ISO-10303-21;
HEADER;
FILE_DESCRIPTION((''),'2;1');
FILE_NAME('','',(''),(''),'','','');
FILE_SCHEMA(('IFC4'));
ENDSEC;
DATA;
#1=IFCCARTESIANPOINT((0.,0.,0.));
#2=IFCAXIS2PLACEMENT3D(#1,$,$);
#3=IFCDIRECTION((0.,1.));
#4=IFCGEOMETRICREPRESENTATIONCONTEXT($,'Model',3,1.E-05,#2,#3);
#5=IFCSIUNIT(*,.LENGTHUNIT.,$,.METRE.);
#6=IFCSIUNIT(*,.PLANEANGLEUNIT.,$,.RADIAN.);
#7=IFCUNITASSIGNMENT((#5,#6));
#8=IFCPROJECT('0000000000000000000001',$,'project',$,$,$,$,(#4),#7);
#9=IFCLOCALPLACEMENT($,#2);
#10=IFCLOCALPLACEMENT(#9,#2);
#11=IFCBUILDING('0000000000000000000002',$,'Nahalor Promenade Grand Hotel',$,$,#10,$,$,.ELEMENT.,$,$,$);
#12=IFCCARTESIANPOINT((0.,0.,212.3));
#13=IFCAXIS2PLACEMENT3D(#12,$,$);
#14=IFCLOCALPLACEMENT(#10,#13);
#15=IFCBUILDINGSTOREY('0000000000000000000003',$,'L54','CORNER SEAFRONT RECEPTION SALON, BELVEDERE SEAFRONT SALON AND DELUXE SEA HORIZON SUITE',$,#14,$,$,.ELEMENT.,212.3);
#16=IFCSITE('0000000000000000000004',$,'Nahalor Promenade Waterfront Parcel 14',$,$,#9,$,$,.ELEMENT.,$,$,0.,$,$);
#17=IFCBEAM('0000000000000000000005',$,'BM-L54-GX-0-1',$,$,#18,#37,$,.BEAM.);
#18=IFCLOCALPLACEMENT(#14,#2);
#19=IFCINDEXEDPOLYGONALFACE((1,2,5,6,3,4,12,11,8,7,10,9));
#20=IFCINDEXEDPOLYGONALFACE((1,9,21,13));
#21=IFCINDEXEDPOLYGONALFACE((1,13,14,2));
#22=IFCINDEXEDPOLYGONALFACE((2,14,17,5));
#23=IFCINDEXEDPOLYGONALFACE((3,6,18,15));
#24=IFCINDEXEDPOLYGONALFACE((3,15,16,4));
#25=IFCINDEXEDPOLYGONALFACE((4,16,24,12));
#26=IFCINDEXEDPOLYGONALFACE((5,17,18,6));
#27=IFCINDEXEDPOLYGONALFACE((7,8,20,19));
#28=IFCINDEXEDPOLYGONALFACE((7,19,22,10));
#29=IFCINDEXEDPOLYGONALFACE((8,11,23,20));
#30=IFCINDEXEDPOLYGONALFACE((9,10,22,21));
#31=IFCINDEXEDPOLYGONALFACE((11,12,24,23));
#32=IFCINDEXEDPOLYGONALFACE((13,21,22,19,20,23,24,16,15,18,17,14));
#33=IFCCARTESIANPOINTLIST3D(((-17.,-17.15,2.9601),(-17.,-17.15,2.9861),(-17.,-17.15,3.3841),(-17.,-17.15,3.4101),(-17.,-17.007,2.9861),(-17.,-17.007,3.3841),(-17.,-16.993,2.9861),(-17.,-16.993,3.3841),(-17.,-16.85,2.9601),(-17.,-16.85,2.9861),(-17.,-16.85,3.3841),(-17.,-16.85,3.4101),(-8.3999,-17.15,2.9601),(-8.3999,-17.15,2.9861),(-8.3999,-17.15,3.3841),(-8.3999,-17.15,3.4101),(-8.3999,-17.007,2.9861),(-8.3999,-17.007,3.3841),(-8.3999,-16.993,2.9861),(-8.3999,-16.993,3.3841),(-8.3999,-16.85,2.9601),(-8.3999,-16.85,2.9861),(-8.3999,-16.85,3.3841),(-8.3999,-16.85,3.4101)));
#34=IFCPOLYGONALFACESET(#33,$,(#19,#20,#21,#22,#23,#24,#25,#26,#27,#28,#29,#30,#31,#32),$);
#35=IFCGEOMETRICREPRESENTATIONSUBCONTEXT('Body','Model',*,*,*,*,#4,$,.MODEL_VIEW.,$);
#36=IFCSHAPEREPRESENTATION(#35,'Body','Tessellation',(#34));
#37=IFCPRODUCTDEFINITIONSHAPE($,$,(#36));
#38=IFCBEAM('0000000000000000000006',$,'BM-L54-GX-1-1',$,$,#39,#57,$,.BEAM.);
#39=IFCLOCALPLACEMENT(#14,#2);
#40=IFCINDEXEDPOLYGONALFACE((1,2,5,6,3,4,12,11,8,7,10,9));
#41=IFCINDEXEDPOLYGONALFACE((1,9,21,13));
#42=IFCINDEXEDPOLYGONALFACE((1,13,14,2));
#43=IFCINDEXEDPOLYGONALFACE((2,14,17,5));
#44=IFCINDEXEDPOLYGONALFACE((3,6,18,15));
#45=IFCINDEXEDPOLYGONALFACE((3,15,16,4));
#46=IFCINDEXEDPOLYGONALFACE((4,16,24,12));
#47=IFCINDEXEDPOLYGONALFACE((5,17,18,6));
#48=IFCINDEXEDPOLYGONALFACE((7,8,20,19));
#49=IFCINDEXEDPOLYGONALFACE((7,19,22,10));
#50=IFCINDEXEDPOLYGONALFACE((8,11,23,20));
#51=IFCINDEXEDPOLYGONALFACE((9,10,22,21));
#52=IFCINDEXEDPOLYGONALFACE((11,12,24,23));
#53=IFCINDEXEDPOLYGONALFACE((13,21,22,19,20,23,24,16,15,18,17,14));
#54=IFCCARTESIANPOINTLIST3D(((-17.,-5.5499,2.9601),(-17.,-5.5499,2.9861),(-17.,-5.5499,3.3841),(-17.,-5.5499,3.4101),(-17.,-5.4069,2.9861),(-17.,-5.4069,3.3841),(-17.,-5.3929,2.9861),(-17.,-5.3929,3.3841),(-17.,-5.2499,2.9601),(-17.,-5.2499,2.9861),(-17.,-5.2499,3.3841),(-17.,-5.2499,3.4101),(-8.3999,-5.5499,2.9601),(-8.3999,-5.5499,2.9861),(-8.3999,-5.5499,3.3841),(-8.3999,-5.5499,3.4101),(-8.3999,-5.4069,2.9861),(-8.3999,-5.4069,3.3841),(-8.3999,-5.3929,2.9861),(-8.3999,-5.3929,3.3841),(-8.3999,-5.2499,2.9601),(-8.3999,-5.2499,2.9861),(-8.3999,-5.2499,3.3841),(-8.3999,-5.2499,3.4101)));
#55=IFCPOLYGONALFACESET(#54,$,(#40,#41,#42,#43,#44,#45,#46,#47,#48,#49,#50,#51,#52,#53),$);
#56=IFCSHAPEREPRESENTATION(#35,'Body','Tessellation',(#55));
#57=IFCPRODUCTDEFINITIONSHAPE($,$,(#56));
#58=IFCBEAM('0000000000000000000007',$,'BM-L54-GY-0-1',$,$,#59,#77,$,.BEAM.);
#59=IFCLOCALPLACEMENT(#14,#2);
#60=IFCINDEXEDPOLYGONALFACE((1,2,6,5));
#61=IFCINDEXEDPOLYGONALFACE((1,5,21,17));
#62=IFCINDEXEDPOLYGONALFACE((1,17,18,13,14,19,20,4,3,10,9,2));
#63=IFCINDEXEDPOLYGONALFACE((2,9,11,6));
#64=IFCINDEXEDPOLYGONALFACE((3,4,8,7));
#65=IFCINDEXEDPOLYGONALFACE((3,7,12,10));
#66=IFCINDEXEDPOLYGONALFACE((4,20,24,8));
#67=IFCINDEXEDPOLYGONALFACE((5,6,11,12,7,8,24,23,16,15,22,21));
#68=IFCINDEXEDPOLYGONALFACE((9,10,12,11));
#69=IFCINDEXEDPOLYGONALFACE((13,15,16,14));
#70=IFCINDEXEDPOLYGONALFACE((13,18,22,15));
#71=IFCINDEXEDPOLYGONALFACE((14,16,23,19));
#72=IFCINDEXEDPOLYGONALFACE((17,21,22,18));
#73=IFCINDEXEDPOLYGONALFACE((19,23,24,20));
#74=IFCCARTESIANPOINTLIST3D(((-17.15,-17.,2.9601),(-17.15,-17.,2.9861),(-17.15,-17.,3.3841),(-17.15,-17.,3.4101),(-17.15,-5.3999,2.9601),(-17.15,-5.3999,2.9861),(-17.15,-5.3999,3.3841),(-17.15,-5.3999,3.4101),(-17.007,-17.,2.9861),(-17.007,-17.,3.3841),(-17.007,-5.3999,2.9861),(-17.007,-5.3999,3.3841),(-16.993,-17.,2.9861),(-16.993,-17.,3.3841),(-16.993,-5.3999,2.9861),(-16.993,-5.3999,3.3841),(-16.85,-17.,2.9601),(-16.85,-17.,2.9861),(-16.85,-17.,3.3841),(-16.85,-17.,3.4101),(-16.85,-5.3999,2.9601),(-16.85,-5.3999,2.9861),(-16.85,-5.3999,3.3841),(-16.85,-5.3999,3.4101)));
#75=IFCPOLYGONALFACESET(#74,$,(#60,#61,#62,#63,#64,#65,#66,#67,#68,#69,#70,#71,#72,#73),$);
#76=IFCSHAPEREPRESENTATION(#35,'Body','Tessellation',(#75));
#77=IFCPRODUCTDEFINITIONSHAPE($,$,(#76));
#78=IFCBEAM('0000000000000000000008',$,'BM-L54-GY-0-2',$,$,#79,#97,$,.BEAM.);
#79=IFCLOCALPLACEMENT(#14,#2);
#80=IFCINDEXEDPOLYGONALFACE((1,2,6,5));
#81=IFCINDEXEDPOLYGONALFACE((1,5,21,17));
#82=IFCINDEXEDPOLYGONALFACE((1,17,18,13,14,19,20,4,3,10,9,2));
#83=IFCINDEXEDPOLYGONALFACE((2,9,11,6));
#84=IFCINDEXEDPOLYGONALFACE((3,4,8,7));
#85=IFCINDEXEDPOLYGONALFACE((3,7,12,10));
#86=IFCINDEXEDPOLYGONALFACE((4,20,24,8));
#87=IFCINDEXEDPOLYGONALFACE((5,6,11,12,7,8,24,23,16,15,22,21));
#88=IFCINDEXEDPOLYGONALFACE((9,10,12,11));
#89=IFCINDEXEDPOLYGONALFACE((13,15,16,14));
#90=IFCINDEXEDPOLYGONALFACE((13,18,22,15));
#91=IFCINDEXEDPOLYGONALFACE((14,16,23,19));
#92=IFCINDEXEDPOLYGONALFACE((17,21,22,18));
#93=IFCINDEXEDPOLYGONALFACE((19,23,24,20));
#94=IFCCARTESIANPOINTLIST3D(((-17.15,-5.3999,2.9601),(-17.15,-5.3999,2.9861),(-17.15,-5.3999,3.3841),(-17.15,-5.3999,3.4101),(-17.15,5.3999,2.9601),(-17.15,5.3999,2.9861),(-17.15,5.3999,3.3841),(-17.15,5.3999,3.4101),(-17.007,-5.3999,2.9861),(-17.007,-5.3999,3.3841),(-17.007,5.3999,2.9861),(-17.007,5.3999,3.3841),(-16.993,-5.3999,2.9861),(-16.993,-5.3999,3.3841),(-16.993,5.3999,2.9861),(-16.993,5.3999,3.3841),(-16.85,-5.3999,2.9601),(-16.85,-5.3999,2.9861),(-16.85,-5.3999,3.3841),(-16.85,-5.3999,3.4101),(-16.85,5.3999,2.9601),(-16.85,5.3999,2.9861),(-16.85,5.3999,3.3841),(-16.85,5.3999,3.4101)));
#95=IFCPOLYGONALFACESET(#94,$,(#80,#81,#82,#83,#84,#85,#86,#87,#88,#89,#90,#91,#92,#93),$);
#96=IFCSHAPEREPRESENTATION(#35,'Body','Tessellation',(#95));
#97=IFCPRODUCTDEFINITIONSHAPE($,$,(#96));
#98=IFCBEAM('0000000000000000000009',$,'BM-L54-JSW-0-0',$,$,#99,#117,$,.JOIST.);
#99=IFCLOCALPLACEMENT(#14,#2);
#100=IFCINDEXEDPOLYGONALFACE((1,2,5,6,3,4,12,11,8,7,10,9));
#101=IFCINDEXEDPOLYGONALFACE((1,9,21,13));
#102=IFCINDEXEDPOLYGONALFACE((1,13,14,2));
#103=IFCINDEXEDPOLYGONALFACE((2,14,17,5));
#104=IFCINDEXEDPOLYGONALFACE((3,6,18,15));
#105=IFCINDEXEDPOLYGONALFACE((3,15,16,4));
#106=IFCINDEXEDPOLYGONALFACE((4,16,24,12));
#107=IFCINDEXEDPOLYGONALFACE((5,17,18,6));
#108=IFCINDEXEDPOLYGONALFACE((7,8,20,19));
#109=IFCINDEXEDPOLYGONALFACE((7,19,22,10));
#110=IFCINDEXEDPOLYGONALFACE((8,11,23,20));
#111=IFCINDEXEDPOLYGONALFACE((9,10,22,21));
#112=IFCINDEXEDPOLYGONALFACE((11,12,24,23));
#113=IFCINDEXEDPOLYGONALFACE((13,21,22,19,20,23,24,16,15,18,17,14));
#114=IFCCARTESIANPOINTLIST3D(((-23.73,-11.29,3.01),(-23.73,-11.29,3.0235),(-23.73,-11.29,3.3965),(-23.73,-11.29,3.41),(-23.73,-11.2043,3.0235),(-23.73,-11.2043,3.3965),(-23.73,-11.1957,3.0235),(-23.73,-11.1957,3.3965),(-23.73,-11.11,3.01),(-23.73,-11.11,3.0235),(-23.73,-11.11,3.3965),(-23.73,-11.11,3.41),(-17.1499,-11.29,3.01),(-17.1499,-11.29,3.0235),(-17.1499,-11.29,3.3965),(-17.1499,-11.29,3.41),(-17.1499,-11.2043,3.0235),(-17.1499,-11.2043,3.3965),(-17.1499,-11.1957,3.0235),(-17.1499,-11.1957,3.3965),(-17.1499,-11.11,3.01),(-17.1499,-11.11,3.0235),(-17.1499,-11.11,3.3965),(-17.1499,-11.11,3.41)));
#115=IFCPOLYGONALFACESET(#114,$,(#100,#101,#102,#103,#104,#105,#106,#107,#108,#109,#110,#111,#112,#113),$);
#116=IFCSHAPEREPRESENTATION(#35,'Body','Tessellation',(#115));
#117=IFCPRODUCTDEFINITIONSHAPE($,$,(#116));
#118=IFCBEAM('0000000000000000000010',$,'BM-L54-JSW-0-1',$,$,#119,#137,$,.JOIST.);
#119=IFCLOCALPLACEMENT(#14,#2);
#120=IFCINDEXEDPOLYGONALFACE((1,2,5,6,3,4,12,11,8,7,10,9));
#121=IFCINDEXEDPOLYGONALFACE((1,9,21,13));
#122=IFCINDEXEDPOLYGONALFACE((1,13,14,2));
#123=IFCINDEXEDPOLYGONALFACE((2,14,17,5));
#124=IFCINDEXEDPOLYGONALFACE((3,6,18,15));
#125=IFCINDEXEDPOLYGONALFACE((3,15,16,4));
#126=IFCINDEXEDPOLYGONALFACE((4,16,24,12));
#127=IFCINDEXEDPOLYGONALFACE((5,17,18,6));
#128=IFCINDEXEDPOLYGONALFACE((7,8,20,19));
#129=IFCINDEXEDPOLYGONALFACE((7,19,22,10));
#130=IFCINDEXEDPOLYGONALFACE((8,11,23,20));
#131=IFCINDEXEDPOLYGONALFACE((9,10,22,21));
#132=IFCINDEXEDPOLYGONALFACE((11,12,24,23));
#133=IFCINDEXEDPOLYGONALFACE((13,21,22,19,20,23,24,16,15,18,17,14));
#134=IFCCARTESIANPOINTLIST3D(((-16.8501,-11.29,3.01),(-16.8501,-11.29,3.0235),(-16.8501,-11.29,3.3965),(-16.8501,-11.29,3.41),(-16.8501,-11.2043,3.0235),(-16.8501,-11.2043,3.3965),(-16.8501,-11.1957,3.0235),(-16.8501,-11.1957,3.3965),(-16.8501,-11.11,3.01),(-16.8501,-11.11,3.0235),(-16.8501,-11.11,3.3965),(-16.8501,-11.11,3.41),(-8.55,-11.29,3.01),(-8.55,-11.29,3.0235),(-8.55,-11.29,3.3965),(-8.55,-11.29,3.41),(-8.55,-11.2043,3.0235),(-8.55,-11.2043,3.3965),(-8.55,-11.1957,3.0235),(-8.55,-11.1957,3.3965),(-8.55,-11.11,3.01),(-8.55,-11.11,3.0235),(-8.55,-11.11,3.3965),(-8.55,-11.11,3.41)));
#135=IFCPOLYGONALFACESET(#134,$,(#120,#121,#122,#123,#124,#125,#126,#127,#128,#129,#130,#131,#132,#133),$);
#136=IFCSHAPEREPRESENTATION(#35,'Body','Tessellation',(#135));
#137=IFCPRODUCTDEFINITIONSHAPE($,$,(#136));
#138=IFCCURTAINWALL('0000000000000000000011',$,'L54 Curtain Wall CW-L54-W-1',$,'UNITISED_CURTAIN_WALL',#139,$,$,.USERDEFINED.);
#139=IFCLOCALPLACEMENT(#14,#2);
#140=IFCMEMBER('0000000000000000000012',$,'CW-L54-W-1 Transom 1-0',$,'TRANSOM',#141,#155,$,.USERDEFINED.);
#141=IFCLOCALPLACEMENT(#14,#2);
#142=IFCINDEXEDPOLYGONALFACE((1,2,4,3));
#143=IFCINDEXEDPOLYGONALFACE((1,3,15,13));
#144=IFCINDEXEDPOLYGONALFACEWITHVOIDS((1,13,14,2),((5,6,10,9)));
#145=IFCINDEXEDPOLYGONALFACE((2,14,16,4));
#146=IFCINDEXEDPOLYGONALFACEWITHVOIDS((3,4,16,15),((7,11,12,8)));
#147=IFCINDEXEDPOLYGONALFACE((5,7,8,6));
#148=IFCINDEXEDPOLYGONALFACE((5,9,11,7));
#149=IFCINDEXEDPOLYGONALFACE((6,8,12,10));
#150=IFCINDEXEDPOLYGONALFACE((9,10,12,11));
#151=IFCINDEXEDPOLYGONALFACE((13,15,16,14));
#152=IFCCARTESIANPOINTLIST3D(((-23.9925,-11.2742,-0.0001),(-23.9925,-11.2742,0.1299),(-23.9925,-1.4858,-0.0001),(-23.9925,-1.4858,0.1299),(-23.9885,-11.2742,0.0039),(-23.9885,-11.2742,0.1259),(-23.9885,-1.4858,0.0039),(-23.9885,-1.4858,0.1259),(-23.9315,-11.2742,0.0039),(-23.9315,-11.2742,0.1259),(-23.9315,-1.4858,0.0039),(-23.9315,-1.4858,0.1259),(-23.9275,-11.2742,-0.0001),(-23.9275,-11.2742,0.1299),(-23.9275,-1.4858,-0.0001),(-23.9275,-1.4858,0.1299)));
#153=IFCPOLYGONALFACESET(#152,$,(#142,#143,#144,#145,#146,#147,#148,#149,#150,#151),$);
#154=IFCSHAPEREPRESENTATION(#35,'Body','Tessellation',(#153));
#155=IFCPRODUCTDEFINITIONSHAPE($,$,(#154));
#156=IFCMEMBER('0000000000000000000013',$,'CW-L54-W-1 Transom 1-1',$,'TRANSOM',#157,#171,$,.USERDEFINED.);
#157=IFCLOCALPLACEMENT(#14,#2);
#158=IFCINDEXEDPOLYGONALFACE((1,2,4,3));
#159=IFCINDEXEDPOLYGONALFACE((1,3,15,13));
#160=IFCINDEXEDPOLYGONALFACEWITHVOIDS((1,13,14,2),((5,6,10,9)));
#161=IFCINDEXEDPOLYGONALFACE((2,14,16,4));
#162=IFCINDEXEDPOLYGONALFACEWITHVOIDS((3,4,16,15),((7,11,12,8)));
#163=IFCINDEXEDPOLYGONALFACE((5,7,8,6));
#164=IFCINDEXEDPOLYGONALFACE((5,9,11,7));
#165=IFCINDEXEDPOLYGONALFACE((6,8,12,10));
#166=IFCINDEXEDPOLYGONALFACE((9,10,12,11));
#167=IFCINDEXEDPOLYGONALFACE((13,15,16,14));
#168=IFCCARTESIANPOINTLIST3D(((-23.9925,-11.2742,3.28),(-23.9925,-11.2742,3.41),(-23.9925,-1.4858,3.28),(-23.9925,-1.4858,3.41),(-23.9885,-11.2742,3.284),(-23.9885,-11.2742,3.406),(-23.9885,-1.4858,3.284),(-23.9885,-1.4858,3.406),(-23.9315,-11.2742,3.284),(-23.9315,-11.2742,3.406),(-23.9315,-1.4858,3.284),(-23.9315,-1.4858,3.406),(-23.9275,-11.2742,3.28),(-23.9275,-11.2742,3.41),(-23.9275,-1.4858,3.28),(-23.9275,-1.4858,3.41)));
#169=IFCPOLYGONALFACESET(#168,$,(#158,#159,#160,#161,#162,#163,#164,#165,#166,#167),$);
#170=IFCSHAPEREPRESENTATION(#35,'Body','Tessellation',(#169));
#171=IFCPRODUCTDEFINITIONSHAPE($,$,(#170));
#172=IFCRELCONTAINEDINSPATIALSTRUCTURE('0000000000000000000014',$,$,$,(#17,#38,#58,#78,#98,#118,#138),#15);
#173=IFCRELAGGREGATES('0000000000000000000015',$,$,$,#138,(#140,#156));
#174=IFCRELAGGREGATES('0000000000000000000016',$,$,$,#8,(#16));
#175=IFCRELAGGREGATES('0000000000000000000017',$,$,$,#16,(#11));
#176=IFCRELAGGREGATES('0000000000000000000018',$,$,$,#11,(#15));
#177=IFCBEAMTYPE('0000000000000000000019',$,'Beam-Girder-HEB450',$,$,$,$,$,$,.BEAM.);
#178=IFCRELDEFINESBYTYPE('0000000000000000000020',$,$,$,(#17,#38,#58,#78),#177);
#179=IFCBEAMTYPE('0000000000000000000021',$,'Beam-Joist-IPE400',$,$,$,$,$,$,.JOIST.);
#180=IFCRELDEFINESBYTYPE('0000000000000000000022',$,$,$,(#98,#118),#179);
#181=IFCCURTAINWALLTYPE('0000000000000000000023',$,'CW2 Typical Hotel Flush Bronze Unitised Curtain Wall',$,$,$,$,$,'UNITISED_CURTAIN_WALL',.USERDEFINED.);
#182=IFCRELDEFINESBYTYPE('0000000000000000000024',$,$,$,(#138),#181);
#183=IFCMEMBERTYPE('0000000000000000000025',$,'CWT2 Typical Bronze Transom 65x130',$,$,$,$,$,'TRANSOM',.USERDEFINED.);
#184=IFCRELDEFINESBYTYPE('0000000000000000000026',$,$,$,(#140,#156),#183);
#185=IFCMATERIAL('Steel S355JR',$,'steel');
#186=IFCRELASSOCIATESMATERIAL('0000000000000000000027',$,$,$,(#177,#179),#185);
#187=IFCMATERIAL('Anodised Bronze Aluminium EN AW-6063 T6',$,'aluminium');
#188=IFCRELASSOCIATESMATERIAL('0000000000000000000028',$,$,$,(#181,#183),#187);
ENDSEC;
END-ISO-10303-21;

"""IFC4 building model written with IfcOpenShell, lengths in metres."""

from ifc_helpers import new_model, si_unit, direction, frame, origin, origin_2d, place, context, subcontext, project, spatial, hollow_rectangle, i_section, extrude, source, transform, mapped, material, material_profile, profile_set, type_object, element, aggregate, save


model = new_model("IFC4")

# Units and contexts
model_context = context("Model", 3, precision=1e-05, world=origin(), true_north=direction((0.0, 1.0)))
body_context = subcontext(model_context, "Body", "Model", "MODEL_VIEW")
ifc_project = project(units=[si_unit("LENGTHUNIT", "METRE"), si_unit("PLANEANGLEUNIT", "RADIAN")], contexts=[model_context])

# Site, building, storey
site_placement = place(None, origin())
site = spatial("IfcSite", under=ifc_project, at=site_placement, Name="Nahalor Promenade Waterfront Parcel 14", CompositionType="ELEMENT", RefElevation=0.0)
building_placement = place(site_placement, origin())
building = spatial("IfcBuilding", under=site, at=building_placement, Name="Nahalor Promenade Grand Hotel", CompositionType="ELEMENT")
storey_placement = place(building_placement, frame((0.0, 0.0, 212.3)))
storey = spatial("IfcBuildingStorey", under=building, at=storey_placement, Name="L54", Description="CORNER SEAFRONT RECEPTION SALON, BELVEDERE SEAFRONT SALON AND DELUXE SEA HORIZON SUITE", CompositionType="ELEMENT", Elevation=212.3)

# Shared definitions
ifc_material_1 = material(Name="Steel S355JR", Category="steel")

# Beams
ifc_material_profile_1 = material_profile(ifc_material_1, i_section(OverallWidth=0.3, OverallDepth=0.45, WebThickness=0.014, FlangeThickness=0.026, at=origin_2d()), Name="HEB 450")
ifc_profile_set_1 = profile_set([ifc_material_profile_1], Name="Steel S355JR")
beam_type_1 = type_object("IfcBeamType", Name="Beam-Girder-HEB450", PredefinedType="BEAM", material=ifc_profile_set_1)
shared_shape_1 = source(origin(), body_context, "Body", "SweptSolid", [
    extrude(i_section(OverallWidth=0.3, OverallDepth=0.45, WebThickness=0.014, FlangeThickness=0.026, at=origin_2d()), origin(), (0.0, 0.0, 1.0), 8.6001),
])
for number, where, z_axis, x_axis, name in (
    (1, (-17.0, -17.0, 3.1851), (1.0, 0.0, 0.0), (0.0, 1.0, 0.0), "BM-L54-GX-0-1"),
    (2, (-17.0, -5.3999, 3.1851), (1.0, 0.0, 0.0), (0.0, 1.0, 0.0), "BM-L54-GX-1-1"),
):
    element("IfcBeam", number, at=place(storey_placement, frame(where, z_axis=z_axis, x_axis=x_axis)), inside=storey, type_object=beam_type_1, Name=name, PredefinedType="BEAM", context=body_context, shape_type="MappedRepresentation", body=[
        mapped(shared_shape_1, transform((0.0, 0.0, 0.0), scale=1.0)),
    ])
shared_shape_2 = source(origin(), body_context, "Body", "SweptSolid", [
    extrude(i_section(OverallWidth=0.3, OverallDepth=0.45, WebThickness=0.014, FlangeThickness=0.026, at=origin_2d()), origin(), (0.0, 0.0, 1.0), 11.6001),
])
beam_1_placement = place(storey_placement, frame((-17.0, -17.0, 3.1851), z_axis=(0.0, 1.0, 0.0), x_axis=(-1.0, 0.0, 0.0)))
element("IfcBeam", 3, at=beam_1_placement, inside=storey, type_object=beam_type_1, Name="BM-L54-GY-0-1", PredefinedType="BEAM", context=body_context, shape_type="MappedRepresentation", body=[
    mapped(shared_shape_2, transform((0.0, 0.0, 0.0), scale=1.0)),
])
shared_shape_3 = source(origin(), body_context, "Body", "SweptSolid", [
    extrude(i_section(OverallWidth=0.3, OverallDepth=0.45, WebThickness=0.014, FlangeThickness=0.026, at=origin_2d()), origin(), (0.0, 0.0, 1.0), 10.7998),
])
beam_2_placement = place(storey_placement, frame((-17.0, -5.3999, 3.1851), z_axis=(0.0, 1.0, 0.0), x_axis=(-1.0, 0.0, 0.0)))
element("IfcBeam", 4, at=beam_2_placement, inside=storey, type_object=beam_type_1, Name="BM-L54-GY-0-2", PredefinedType="BEAM", context=body_context, shape_type="MappedRepresentation", body=[
    mapped(shared_shape_3, transform((0.0, 0.0, 0.0), scale=1.0)),
])
ifc_material_profile_2 = material_profile(ifc_material_1, i_section(OverallWidth=0.18, OverallDepth=0.4, WebThickness=0.0086, FlangeThickness=0.0135, at=origin_2d()), Name="IPE 400")
ifc_profile_set_2 = profile_set([ifc_material_profile_2], Name="Steel S355JR")
beam_type_2 = type_object("IfcBeamType", Name="Beam-Joist-IPE400", PredefinedType="JOIST", material=ifc_profile_set_2)
shared_shape_4 = source(origin(), body_context, "Body", "SweptSolid", [
    extrude(i_section(OverallWidth=0.18, OverallDepth=0.4, WebThickness=0.0086, FlangeThickness=0.0135, at=origin_2d()), origin(), (0.0, 0.0, 1.0), 6.5801),
])
beam_3_placement = place(storey_placement, frame((-23.73, -11.2, 3.21), z_axis=(1.0, 0.0, 0.0), x_axis=(0.0, 1.0, 0.0)))
element("IfcBeam", 5, at=beam_3_placement, inside=storey, type_object=beam_type_2, Name="BM-L54-JSW-0-0", PredefinedType="JOIST", context=body_context, shape_type="MappedRepresentation", body=[
    mapped(shared_shape_4, transform((0.0, 0.0, 0.0), scale=1.0)),
])
shared_shape_5 = source(origin(), body_context, "Body", "SweptSolid", [
    extrude(i_section(OverallWidth=0.18, OverallDepth=0.4, WebThickness=0.0086, FlangeThickness=0.0135, at=origin_2d()), origin(), (0.0, 0.0, 1.0), 8.3),
])
beam_4_placement = place(storey_placement, frame((-16.8501, -11.2, 3.21), z_axis=(1.0, 0.0, 0.0), x_axis=(0.0, 1.0, 0.0)))
element("IfcBeam", 6, at=beam_4_placement, inside=storey, type_object=beam_type_2, Name="BM-L54-JSW-0-1", PredefinedType="JOIST", context=body_context, shape_type="MappedRepresentation", body=[
    mapped(shared_shape_5, transform((0.0, 0.0, 0.0), scale=1.0)),
])

# Curtain wall, members
ifc_material_2 = material(Name="Anodised Bronze Aluminium EN AW-6063 T6", Category="aluminium")
curtain_wall_type = type_object("IfcCurtainWallType", Name="CW2 Typical Hotel Flush Bronze Unitised Curtain Wall", ElementType="UNITISED_CURTAIN_WALL", PredefinedType="USERDEFINED", material=ifc_material_2)
curtain_wall_placement = place(storey_placement, origin())
curtain_wall = element("IfcCurtainWall", 7, at=curtain_wall_placement, inside=storey, type_object=curtain_wall_type, Name="L54 Curtain Wall CW-L54-W-1", ObjectType="UNITISED_CURTAIN_WALL", PredefinedType="USERDEFINED")
ifc_material_profile_3 = material_profile(ifc_material_2, hollow_rectangle(XDim=0.065, YDim=0.13, WallThickness=0.004, at=origin_2d()), Name="CWT 65x130x4")
ifc_profile_set_3 = profile_set([ifc_material_profile_3], Name="Anodised Bronze Aluminium EN AW-6063 T6")
member_type_1 = type_object("IfcMemberType", Name="CWT2 Typical Bronze Transom 65x130", ElementType="TRANSOM", PredefinedType="USERDEFINED", material=ifc_profile_set_3)
shared_shape_6 = source(origin(), body_context, "Body", "SweptSolid", [
    extrude(hollow_rectangle(XDim=0.065, YDim=0.13, WallThickness=0.004, at=origin_2d()), origin(), (0.0, 0.0, 1.0), 9.7883),
])
member_1_placement = place(storey_placement, frame((-23.96, -11.2742, 0.0649), z_axis=(0.0, 1.0, 0.0), x_axis=(-1.0, 0.0, 0.0)))
member_1 = element("IfcMember", 8, at=member_1_placement, type_object=member_type_1, Name="CW-L54-W-1 Transom 1-0", ObjectType="TRANSOM", PredefinedType="USERDEFINED", context=body_context, shape_type="MappedRepresentation", body=[
    mapped(shared_shape_6, transform((0.0, 0.0, 0.0), scale=1.0)),
])
member_2_placement = place(storey_placement, frame((-23.96, -11.2742, 3.345), z_axis=(0.0, 1.0, 0.0), x_axis=(-1.0, 0.0, 0.0)))
member_2 = element("IfcMember", 9, at=member_2_placement, type_object=member_type_1, Name="CW-L54-W-1 Transom 1-1", ObjectType="TRANSOM", PredefinedType="USERDEFINED", context=body_context, shape_type="MappedRepresentation", body=[
    mapped(shared_shape_6, transform((0.0, 0.0, 0.0), scale=1.0)),
])
aggregate(curtain_wall, [member_1, member_2])

save(model, "model.ifc")
